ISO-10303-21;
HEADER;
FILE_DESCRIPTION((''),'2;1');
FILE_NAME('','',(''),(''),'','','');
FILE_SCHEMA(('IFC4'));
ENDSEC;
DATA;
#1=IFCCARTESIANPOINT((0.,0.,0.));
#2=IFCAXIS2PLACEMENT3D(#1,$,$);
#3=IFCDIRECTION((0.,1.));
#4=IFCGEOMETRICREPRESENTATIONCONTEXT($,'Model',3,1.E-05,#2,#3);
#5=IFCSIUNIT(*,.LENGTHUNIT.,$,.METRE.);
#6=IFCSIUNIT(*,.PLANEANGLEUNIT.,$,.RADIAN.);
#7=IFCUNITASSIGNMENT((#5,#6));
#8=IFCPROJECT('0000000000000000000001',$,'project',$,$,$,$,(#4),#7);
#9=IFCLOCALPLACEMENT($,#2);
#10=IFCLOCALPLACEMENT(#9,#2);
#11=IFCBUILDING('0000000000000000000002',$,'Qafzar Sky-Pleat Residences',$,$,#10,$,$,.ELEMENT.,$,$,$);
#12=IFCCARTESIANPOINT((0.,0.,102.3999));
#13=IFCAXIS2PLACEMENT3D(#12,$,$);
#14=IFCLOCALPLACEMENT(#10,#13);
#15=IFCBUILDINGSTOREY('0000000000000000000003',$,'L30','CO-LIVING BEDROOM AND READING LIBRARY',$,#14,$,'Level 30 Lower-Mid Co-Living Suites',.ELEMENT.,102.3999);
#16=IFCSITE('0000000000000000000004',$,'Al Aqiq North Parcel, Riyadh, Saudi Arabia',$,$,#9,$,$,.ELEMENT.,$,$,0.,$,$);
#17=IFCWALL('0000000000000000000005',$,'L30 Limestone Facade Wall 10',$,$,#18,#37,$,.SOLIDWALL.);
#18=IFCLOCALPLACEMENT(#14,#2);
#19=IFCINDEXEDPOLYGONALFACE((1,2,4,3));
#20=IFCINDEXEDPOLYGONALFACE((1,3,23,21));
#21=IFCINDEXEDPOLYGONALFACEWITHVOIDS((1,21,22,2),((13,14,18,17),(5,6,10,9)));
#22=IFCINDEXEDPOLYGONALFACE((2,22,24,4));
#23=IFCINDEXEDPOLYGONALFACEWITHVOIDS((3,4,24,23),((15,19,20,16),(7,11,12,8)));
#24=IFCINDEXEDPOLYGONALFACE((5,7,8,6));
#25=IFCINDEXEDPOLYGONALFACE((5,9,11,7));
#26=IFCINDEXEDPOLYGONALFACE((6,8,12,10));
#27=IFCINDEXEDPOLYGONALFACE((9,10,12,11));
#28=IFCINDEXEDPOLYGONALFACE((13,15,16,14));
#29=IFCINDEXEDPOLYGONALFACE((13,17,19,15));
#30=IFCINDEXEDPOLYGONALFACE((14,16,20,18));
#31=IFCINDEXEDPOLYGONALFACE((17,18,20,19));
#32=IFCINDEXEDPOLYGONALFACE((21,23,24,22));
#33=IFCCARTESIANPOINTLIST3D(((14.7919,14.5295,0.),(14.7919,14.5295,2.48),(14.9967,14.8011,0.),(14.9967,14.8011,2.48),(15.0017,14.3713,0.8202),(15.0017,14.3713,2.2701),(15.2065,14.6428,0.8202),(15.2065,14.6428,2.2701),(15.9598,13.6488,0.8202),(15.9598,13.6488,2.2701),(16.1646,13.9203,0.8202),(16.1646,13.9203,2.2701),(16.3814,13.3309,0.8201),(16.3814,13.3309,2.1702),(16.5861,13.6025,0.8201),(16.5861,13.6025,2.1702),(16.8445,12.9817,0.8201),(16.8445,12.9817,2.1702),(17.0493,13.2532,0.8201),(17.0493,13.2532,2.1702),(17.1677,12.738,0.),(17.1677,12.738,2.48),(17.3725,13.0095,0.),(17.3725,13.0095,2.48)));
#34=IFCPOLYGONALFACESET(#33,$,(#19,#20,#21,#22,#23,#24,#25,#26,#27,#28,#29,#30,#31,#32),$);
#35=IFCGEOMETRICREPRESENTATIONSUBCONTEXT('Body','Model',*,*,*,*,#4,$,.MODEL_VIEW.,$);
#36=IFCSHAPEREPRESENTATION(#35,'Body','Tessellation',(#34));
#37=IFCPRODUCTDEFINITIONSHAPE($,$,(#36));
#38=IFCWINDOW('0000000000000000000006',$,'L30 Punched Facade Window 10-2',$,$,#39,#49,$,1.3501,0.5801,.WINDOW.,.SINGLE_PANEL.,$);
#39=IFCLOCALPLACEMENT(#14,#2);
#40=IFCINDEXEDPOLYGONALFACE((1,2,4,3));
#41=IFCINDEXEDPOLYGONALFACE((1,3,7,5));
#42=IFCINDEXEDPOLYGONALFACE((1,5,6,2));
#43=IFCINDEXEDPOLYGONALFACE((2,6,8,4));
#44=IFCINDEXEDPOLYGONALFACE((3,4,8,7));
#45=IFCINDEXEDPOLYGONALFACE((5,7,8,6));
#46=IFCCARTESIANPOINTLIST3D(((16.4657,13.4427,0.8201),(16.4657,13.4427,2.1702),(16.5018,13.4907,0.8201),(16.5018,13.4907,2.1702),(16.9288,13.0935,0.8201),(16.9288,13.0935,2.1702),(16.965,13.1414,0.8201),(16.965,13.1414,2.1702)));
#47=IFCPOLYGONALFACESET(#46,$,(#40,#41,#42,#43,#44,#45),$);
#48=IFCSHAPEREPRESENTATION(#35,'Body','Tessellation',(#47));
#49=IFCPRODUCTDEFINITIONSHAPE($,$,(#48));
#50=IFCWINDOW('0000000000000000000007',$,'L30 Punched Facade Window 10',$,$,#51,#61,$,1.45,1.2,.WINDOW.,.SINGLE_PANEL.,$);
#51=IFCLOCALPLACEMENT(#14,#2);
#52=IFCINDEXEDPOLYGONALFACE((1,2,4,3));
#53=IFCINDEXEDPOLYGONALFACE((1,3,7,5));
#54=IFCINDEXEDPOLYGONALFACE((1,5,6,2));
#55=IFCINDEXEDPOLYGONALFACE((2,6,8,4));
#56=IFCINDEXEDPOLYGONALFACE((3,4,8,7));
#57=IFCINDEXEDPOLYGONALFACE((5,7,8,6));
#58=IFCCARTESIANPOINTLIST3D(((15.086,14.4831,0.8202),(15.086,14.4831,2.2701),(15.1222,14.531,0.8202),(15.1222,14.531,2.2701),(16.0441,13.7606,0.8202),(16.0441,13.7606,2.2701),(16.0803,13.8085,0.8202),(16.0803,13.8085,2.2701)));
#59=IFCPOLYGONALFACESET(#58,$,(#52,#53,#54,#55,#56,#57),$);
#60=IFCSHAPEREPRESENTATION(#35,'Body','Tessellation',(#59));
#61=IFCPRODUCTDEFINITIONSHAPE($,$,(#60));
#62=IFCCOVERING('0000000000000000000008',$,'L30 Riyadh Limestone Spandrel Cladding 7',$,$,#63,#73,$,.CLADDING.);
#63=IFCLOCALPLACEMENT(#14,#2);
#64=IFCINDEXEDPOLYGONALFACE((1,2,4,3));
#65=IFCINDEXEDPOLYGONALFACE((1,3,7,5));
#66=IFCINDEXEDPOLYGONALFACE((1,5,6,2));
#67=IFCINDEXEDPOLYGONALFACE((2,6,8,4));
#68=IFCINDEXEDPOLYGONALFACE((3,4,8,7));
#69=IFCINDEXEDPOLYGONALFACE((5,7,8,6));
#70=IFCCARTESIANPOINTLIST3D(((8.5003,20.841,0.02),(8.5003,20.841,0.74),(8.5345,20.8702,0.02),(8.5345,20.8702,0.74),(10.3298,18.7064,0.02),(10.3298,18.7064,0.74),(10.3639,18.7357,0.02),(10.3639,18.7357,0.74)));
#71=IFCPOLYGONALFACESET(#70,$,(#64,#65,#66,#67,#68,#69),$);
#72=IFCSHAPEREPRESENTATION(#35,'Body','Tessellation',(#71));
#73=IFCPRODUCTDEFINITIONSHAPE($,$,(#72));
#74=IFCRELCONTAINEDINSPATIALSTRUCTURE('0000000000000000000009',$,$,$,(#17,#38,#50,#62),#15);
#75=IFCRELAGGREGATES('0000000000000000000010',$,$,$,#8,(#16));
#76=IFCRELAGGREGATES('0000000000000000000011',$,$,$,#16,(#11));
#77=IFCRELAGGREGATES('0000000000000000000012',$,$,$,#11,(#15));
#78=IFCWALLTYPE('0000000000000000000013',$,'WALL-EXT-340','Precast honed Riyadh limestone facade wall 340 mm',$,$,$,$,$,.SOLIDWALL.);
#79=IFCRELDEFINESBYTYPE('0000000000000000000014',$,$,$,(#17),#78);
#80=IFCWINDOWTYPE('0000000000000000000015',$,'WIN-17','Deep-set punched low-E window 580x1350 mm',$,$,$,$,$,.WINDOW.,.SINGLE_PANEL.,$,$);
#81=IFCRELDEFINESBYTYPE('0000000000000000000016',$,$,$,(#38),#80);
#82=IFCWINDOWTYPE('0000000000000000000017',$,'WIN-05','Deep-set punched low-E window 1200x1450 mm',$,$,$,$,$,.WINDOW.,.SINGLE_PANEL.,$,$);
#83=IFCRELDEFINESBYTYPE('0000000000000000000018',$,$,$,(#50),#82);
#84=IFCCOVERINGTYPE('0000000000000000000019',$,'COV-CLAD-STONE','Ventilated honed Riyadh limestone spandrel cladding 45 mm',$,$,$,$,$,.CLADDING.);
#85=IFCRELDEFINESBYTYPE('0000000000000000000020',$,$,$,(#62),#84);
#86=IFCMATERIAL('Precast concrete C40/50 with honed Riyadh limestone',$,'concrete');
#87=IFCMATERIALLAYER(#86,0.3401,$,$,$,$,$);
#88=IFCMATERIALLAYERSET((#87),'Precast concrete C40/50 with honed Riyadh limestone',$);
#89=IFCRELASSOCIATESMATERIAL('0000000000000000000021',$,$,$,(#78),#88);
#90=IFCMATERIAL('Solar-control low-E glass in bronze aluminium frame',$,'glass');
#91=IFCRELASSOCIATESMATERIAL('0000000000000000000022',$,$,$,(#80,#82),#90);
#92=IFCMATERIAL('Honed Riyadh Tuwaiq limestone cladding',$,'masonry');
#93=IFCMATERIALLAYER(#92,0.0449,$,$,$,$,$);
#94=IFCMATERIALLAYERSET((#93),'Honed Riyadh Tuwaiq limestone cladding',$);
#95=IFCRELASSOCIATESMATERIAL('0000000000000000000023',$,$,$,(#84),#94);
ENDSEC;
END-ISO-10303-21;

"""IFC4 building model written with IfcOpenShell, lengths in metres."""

from ifc_helpers import new_model, si_unit, direction, frame, frame_2d, origin, origin_2d, place, context, subcontext, project, spatial, rectangle, extrude, source, transform, mapped, material, layer, layer_set, type_object, element, fill, save


model = new_model("IFC4")

# Units and contexts
model_context = context("Model", 3, precision=1e-05, world=origin(), true_north=direction((0.0, 1.0)))
body_context = subcontext(model_context, "Body", "Model", "MODEL_VIEW")
ifc_project = project(units=[si_unit("LENGTHUNIT", "METRE"), si_unit("PLANEANGLEUNIT", "RADIAN")], contexts=[model_context])

# Site, building, storey
site_placement = place(None, origin())
site = spatial("IfcSite", under=ifc_project, at=site_placement, Name="Al Aqiq North Parcel, Riyadh, Saudi Arabia", CompositionType="ELEMENT", RefElevation=0.0)
building_placement = place(site_placement, origin())
building = spatial("IfcBuilding", under=site, at=building_placement, Name="Qafzar Sky-Pleat Residences", CompositionType="ELEMENT")
storey_placement = place(building_placement, frame((0.0, 0.0, 102.3999)))
storey = spatial("IfcBuildingStorey", under=building, at=storey_placement, Name="L30", Description="CO-LIVING BEDROOM AND READING LIBRARY", LongName="Level 30 Lower-Mid Co-Living Suites", CompositionType="ELEMENT", Elevation=102.3999)

# Shared definitions
ifc_material_1 = material(Name="Precast concrete C40/50 with honed Riyadh limestone", Category="concrete")
ifc_layer_1 = layer(ifc_material_1, 0.3401)
ifc_layer_set_1 = layer_set([ifc_layer_1], Name="Precast concrete C40/50 with honed Riyadh limestone")
wall_type_1 = type_object("IfcWallType", Name="WALL-EXT-340", Description="Precast honed Riyadh limestone facade wall 340 mm", PredefinedType="SOLIDWALL", material=ifc_layer_set_1)
ifc_material_2 = material(Name="Solar-control low-E glass in bronze aluminium frame", Category="glass")

# Wall, openings, windows
wall_1_placement = place(storey_placement, frame((14.8943, 14.6653, 0.0), z_axis=(0.0, 0.0, 1.0), x_axis=(0.798432, -0.602085, 0.0)))
wall_1 = element("IfcWall", 1, at=wall_1_placement, inside=storey, type_object=wall_type_1, Name="L30 Limestone Facade Wall 10", PredefinedType="SOLIDWALL", context=body_context, shape_type="SweptSolid", body=[
    extrude(rectangle(XDim=2.9756, YDim=0.3401, at=frame_2d((1.4878, 0.0))), origin(), (0.0, 0.0, 1.0), 2.48),
])
opening_1_placement = place(wall_1_placement, frame((0.2627, 0.0, 0.8201)))
opening_1 = element("IfcOpeningElement", 2, at=opening_1_placement, cuts=wall_1, PredefinedType="OPENING", context=body_context, shape_type="SweptSolid", body=[
    extrude(rectangle(XDim=1.2, YDim=1.45, at=frame_2d((0.6001, 0.7251))), frame((0.0, 0.1802, 0.0), z_axis=(0.0, -1.0, 0.0), x_axis=(1.0, 0.0, 0.0)), (0.0, 0.0, 1.0), 0.3601),
])
opening_2_placement = place(wall_1_placement, frame((1.9907, 0.0, 0.8201)))
opening_2 = element("IfcOpeningElement", 3, at=opening_2_placement, cuts=wall_1, PredefinedType="OPENING", context=body_context, shape_type="SweptSolid", body=[
    extrude(rectangle(XDim=0.5801, YDim=1.3501, at=frame_2d((0.29, 0.675))), frame((0.0, 0.1802, 0.0), z_axis=(0.0, -1.0, 0.0), x_axis=(1.0, 0.0, 0.0)), (0.0, 0.0, 1.0), 0.3601),
])
window_type_1 = type_object("IfcWindowType", Name="WIN-17", Description="Deep-set punched low-E window 580x1350 mm", PartitioningType="SINGLE_PANEL", PredefinedType="WINDOW", material=ifc_material_2)
shared_shape_1 = source(origin(), body_context, "Body", "SweptSolid", [
    extrude(rectangle(XDim=0.5801, YDim=1.3501, at=frame_2d((0.29, 0.675))), frame((0.0, 0.03, 0.0), z_axis=(0.0, -1.0, 0.0), x_axis=(1.0, 0.0, 0.0)), (0.0, 0.0, 1.0), 0.0601),
])
window_1_placement = place(opening_2_placement, origin())
window_1 = element("IfcWindow", 4, at=window_1_placement, inside=storey, type_object=window_type_1, Name="L30 Punched Facade Window 10-2", OverallHeight=1.3501, OverallWidth=0.5801, PartitioningType="SINGLE_PANEL", PredefinedType="WINDOW", context=body_context, shape_type="MappedRepresentation", body=[
    mapped(shared_shape_1, transform((0.0, 0.0, 0.0), x_axis=(1.0, 0.0, 0.0), y_axis=(0.0, 1.0, 0.0), z_axis=(0.0, 0.0, 1.0), scale=1.0)),
])
fill(opening_2, window_1)
window_type_2 = type_object("IfcWindowType", Name="WIN-05", Description="Deep-set punched low-E window 1200x1450 mm", PartitioningType="SINGLE_PANEL", PredefinedType="WINDOW", material=ifc_material_2)
shared_shape_2 = source(origin(), body_context, "Body", "SweptSolid", [
    extrude(rectangle(XDim=1.2, YDim=1.45, at=frame_2d((0.6001, 0.7251))), frame((0.0, 0.03, 0.0), z_axis=(0.0, -1.0, 0.0), x_axis=(1.0, 0.0, 0.0)), (0.0, 0.0, 1.0), 0.0601),
])
window_2_placement = place(opening_1_placement, origin())
window_2 = element("IfcWindow", 5, at=window_2_placement, inside=storey, type_object=window_type_2, Name="L30 Punched Facade Window 10", OverallHeight=1.45, OverallWidth=1.2, PartitioningType="SINGLE_PANEL", PredefinedType="WINDOW", context=body_context, shape_type="MappedRepresentation", body=[
    mapped(shared_shape_2, transform((0.0, 0.0, 0.0), x_axis=(1.0, 0.0, 0.0), y_axis=(0.0, 1.0, 0.0), z_axis=(0.0, 0.0, 1.0), scale=1.0)),
])
fill(opening_1, window_2)

# Covering
ifc_material_3 = material(Name="Honed Riyadh Tuwaiq limestone cladding", Category="masonry")
ifc_layer_2 = layer(ifc_material_3, 0.0449)
ifc_layer_set_2 = layer_set([ifc_layer_2], Name="Honed Riyadh Tuwaiq limestone cladding")
covering_type = type_object("IfcCoveringType", Name="COV-CLAD-STONE", Description="Ventilated honed Riyadh limestone spandrel cladding 45 mm", PredefinedType="CLADDING", material=ifc_layer_set_2)
shared_shape_3 = source(origin(), body_context, "Body", "SweptSolid", [
    extrude(rectangle(XDim=2.8113, YDim=0.0449, at=origin_2d()), origin(), (0.0, 0.0, 1.0), 0.72),
])
covering_placement = place(storey_placement, frame((9.4321, 19.7883, 0.02), z_axis=(0.0, 0.0, 1.0), x_axis=(0.650754, -0.759288, 0.0)))
element("IfcCovering", 6, at=covering_placement, inside=storey, type_object=covering_type, Name="L30 Riyadh Limestone Spandrel Cladding 7", PredefinedType="CLADDING", context=body_context, shape_type="MappedRepresentation", body=[
    mapped(shared_shape_3, transform((0.0, 0.0, 0.0), x_axis=(1.0, 0.0, 0.0), y_axis=(0.0, 1.0, 0.0), z_axis=(0.0, 0.0, 1.0), scale=1.0)),
])

save(model, "model.ifc")
